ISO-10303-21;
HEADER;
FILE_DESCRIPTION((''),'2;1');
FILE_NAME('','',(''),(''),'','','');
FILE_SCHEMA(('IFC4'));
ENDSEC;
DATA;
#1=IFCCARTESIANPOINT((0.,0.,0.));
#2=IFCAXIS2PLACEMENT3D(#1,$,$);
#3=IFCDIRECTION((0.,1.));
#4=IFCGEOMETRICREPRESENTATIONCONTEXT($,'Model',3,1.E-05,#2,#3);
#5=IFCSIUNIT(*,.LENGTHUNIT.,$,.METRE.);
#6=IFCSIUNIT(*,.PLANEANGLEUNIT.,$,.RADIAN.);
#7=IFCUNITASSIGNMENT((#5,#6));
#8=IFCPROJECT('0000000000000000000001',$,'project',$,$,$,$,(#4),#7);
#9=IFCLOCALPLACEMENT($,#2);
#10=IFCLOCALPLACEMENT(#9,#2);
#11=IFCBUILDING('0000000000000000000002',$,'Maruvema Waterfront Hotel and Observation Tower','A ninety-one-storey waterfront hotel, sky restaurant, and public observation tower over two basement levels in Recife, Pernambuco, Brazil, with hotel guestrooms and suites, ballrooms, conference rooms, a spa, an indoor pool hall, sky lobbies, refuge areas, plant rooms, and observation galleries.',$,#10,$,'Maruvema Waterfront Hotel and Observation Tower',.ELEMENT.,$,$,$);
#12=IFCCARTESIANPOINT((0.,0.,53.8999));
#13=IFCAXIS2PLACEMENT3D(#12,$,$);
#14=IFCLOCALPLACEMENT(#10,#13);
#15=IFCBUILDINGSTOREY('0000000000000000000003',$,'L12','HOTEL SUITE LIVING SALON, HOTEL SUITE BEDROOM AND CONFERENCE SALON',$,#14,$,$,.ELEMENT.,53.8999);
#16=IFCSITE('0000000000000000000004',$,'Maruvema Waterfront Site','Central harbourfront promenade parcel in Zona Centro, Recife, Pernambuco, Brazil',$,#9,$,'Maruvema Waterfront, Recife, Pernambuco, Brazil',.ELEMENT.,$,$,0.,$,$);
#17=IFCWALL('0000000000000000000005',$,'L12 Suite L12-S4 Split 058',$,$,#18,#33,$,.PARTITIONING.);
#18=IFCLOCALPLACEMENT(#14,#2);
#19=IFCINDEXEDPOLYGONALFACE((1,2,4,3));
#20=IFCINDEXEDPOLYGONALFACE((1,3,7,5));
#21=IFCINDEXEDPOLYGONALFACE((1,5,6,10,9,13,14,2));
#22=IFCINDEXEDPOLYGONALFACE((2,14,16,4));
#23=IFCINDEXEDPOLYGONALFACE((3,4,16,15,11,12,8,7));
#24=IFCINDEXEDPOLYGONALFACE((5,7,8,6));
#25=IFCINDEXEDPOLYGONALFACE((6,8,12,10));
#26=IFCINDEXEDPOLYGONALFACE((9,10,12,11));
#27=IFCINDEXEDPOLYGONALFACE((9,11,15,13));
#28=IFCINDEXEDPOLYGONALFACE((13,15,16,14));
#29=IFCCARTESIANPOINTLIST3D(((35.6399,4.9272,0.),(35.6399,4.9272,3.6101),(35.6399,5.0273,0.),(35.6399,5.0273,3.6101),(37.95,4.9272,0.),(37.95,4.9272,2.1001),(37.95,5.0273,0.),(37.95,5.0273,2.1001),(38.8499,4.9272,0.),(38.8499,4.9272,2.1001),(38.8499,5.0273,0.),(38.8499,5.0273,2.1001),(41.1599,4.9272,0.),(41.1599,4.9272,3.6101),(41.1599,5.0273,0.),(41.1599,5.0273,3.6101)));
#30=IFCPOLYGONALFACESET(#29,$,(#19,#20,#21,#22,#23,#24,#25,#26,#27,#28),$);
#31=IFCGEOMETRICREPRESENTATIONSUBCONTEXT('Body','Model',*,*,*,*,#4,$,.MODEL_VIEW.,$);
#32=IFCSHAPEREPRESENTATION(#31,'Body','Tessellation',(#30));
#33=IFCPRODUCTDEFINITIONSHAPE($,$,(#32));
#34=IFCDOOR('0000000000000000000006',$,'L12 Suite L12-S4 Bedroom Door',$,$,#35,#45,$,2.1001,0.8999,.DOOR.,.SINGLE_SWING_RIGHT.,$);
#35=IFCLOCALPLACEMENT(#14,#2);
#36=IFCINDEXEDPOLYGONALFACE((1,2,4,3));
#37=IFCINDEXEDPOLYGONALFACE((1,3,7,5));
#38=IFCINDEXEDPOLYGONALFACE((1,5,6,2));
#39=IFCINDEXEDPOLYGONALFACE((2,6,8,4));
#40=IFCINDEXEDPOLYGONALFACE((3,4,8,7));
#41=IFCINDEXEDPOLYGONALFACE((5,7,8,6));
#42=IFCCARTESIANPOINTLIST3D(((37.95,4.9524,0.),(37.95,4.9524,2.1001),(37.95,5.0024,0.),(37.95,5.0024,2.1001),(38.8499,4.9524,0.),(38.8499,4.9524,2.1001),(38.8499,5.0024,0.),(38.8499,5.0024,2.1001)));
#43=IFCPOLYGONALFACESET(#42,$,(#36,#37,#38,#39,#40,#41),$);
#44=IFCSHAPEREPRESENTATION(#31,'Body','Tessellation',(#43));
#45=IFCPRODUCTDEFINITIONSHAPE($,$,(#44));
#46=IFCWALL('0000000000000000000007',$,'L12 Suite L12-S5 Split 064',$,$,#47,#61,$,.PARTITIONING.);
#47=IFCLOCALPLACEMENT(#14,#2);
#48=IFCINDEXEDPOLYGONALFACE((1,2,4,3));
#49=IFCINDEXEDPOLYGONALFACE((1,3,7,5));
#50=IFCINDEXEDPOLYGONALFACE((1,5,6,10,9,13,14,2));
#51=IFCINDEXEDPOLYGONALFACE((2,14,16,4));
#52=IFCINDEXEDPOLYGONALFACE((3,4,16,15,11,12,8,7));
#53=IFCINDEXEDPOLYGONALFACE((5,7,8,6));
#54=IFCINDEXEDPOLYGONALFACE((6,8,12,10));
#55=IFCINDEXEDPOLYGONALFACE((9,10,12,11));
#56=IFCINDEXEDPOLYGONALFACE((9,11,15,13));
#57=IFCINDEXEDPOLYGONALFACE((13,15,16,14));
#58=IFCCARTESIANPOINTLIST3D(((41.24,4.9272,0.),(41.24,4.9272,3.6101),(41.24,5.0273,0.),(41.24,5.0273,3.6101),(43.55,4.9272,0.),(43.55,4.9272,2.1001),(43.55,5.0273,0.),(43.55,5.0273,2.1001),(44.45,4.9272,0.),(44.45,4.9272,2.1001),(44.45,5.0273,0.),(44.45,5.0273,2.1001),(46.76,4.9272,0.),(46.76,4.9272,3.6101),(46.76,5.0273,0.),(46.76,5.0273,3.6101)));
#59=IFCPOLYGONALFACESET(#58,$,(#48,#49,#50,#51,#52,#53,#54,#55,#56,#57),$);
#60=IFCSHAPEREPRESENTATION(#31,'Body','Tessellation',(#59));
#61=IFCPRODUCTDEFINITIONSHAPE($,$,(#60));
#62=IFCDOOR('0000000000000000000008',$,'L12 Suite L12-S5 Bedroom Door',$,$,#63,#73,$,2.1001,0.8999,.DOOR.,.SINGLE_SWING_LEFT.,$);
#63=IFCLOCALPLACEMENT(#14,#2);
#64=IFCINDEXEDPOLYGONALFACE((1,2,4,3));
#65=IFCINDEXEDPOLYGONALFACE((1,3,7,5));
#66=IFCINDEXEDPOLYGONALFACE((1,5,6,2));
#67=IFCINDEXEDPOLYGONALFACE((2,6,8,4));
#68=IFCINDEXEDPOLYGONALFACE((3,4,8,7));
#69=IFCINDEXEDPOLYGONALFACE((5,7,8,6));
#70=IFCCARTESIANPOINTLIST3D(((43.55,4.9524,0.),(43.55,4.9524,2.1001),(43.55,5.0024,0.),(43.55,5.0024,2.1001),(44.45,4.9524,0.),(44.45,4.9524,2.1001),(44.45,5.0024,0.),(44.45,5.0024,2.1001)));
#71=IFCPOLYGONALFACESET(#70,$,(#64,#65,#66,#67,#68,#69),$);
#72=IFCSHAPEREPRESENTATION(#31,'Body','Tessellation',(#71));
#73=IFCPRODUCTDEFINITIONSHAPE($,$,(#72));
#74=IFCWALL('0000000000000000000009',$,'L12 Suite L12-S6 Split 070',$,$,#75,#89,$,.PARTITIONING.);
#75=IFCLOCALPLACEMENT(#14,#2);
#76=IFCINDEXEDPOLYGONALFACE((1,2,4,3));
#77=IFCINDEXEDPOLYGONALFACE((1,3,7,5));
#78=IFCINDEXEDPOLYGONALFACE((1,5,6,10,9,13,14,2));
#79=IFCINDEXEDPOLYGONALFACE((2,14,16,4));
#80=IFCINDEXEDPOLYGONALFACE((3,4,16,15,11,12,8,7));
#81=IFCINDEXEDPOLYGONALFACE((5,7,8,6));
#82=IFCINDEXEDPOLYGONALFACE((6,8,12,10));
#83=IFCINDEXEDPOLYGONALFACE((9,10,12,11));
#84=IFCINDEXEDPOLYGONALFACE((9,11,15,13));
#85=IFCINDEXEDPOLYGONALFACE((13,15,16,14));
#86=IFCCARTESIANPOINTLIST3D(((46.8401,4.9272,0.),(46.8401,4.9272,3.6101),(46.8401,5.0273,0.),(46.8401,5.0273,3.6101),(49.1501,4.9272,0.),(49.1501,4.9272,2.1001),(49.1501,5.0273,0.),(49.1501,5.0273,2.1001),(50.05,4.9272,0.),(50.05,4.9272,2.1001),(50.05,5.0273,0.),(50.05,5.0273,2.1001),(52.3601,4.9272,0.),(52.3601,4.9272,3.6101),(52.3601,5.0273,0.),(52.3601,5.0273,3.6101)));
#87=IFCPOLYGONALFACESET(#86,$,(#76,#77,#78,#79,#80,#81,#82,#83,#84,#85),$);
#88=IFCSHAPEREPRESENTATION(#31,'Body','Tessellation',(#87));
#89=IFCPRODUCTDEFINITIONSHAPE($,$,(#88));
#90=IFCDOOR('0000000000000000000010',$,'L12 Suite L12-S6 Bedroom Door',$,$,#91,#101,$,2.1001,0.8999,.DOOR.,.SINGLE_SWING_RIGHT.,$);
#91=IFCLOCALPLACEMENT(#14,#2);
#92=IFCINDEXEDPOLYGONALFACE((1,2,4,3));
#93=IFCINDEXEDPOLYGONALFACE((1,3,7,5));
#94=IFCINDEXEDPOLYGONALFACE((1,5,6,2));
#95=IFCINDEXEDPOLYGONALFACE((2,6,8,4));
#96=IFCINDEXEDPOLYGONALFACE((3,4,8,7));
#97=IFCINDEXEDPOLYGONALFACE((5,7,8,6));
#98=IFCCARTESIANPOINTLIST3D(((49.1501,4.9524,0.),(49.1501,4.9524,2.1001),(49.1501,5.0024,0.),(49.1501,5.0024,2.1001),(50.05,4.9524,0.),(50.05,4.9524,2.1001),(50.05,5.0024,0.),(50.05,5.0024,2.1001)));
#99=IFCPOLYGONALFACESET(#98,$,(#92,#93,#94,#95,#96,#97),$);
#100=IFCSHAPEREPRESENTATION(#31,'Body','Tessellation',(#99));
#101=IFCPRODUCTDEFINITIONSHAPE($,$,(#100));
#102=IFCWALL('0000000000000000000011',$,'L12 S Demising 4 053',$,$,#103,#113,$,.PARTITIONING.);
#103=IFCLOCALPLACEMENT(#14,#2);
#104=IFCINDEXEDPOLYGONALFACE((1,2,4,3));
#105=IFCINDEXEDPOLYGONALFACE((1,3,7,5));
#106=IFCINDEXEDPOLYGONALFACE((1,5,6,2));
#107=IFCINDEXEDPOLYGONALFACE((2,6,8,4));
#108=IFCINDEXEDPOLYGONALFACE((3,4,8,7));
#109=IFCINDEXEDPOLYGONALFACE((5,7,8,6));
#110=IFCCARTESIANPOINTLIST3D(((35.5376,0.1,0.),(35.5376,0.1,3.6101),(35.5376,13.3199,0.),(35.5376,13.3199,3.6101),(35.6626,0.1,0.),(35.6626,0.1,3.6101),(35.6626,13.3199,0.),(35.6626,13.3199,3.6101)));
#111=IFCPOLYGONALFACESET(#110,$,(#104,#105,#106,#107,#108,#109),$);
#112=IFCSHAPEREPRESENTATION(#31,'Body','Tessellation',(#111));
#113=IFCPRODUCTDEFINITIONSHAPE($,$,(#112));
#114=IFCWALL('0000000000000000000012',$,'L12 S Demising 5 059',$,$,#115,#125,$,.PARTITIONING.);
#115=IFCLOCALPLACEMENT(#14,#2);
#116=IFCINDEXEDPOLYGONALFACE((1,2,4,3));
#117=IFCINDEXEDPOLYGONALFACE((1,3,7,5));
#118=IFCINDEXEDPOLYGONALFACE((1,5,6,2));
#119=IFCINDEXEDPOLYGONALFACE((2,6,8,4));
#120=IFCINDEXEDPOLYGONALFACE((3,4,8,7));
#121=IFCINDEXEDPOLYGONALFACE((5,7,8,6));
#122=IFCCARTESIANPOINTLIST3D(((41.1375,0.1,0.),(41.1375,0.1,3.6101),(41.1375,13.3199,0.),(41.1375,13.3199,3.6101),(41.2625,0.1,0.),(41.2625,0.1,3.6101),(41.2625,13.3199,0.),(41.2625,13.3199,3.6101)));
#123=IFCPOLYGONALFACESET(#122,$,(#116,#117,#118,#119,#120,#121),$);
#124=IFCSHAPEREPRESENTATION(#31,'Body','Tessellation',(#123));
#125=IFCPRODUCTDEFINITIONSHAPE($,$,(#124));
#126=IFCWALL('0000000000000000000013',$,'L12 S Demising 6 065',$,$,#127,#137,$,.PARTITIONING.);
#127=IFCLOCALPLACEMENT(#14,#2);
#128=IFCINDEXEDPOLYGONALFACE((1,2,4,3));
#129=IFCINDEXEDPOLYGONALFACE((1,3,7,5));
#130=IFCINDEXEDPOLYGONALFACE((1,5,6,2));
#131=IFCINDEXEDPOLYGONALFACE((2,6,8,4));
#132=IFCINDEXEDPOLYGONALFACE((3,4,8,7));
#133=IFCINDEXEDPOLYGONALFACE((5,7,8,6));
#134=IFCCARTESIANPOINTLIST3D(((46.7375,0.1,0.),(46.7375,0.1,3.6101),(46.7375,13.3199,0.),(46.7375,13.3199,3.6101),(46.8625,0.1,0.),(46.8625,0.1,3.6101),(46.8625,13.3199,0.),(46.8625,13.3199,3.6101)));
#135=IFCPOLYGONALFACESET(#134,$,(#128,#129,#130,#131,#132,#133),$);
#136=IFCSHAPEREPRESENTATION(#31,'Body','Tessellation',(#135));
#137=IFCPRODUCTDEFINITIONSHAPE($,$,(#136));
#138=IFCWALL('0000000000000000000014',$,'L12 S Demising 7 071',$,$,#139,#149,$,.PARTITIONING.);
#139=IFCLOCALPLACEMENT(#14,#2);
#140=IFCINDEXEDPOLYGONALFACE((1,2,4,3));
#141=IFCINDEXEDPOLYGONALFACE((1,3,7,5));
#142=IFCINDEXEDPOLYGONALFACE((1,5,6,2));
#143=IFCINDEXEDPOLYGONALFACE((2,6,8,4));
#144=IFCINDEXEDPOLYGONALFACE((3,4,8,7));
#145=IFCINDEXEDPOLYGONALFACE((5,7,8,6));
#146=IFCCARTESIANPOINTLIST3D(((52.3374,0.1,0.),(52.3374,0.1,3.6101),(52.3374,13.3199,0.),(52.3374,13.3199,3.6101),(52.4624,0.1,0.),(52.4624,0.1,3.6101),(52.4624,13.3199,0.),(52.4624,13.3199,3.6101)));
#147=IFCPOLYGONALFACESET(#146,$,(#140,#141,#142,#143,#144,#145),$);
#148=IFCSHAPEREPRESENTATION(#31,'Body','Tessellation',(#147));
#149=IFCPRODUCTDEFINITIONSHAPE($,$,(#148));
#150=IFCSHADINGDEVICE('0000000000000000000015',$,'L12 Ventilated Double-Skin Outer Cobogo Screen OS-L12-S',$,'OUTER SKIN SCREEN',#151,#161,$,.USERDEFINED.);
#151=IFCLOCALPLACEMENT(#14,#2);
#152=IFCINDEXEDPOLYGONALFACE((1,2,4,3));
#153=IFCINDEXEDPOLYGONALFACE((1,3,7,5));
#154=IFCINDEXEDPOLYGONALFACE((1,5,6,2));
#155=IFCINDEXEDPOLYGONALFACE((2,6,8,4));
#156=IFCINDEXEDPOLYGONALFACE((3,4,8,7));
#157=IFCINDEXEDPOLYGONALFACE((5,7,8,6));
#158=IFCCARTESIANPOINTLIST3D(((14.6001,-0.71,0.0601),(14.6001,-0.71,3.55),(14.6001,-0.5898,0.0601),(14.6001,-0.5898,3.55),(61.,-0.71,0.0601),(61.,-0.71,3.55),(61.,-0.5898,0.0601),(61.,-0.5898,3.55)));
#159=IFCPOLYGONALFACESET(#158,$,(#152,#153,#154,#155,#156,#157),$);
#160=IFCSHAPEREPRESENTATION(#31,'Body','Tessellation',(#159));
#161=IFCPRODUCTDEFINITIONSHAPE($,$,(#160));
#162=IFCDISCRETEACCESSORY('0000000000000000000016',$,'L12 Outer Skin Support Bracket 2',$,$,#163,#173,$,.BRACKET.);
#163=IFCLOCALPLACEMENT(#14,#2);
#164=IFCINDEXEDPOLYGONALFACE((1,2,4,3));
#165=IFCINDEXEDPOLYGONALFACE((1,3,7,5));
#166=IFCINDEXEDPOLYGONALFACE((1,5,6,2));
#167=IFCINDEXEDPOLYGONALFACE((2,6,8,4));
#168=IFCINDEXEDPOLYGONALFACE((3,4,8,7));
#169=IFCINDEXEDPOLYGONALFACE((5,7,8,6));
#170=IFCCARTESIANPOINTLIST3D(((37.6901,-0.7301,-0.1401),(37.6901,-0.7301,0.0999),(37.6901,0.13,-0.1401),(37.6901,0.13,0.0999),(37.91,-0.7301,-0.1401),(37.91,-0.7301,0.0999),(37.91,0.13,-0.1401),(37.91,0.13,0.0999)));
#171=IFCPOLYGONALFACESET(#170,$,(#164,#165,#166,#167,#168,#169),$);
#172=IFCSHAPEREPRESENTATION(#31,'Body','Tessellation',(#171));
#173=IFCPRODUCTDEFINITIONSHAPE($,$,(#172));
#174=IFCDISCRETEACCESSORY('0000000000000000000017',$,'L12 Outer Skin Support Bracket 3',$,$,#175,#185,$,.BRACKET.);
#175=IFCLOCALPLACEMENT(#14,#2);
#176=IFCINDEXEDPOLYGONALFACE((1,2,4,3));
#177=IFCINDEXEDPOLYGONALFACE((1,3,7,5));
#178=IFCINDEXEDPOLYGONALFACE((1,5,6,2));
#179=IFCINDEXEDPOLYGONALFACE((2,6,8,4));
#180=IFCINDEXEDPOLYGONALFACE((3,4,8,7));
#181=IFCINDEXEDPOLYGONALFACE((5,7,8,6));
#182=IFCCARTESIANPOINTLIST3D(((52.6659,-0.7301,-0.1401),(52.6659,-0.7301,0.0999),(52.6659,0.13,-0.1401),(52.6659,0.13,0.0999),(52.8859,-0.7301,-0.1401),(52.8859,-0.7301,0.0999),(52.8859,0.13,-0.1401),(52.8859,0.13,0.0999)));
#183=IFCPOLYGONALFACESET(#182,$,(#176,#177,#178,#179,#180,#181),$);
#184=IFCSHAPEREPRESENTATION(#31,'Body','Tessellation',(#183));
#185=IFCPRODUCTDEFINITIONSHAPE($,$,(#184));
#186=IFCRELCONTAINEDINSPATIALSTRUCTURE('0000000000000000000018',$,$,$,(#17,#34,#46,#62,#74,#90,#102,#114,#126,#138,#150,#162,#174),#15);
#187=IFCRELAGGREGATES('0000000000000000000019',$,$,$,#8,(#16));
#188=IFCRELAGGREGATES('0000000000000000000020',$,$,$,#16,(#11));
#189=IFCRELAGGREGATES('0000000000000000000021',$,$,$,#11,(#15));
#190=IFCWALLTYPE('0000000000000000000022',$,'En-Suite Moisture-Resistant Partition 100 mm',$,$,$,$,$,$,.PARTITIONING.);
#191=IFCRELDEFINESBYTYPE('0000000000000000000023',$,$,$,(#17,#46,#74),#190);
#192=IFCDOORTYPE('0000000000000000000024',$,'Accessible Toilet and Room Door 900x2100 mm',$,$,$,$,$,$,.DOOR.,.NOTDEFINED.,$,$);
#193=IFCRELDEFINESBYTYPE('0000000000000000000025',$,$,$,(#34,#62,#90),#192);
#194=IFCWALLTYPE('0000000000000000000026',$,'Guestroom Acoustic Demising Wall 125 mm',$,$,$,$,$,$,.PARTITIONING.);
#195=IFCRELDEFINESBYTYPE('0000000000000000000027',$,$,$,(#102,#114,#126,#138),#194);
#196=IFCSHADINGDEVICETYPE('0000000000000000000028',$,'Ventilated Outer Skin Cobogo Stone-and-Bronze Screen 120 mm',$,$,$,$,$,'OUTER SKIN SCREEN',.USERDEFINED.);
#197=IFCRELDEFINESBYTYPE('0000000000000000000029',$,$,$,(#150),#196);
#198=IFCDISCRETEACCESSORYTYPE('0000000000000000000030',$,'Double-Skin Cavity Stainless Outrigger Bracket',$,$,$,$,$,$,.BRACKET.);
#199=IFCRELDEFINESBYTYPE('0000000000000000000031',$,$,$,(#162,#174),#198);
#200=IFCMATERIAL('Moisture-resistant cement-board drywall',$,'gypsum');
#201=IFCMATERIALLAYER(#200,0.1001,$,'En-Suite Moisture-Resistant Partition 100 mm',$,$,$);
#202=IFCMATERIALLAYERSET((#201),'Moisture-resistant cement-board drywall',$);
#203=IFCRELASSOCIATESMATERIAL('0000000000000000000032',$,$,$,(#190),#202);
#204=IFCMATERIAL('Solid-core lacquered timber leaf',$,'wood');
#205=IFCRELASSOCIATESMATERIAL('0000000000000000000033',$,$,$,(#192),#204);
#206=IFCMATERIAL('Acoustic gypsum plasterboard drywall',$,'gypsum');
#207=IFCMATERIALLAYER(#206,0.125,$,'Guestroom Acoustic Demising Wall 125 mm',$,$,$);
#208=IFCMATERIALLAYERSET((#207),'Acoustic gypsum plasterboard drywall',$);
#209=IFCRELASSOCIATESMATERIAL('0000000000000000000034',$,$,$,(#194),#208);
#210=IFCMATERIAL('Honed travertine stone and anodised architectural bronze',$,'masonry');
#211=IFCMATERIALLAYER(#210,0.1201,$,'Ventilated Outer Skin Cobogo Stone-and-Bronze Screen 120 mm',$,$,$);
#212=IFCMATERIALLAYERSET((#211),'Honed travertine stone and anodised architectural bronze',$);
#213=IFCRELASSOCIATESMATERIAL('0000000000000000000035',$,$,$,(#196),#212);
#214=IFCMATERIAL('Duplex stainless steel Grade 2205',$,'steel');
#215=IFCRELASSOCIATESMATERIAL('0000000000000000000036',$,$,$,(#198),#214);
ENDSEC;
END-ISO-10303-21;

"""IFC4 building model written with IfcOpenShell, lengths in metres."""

from ifc_helpers import new_model, si_unit, direction, frame, frame_2d, origin, origin_2d, place, context, subcontext, project, spatial, rectangle, extrude, material, layer, layer_set, type_object, element, fill, save


model = new_model("IFC4")

# Units and contexts
model_context = context("Model", 3, precision=1e-05, world=origin(), true_north=direction((0.0, 1.0)))
body_context = subcontext(model_context, "Body", "Model", "MODEL_VIEW")
ifc_project = project(units=[si_unit("LENGTHUNIT", "METRE"), si_unit("PLANEANGLEUNIT", "RADIAN")], contexts=[model_context])

# Site, building, storey
site_placement = place(None, origin())
site = spatial("IfcSite", under=ifc_project, at=site_placement, Name="Maruvema Waterfront Site", Description="Central harbourfront promenade parcel in Zona Centro, Recife, Pernambuco, Brazil", LongName="Maruvema Waterfront, Recife, Pernambuco, Brazil", CompositionType="ELEMENT", RefElevation=0.0)
building_placement = place(site_placement, origin())
building = spatial("IfcBuilding", under=site, at=building_placement, Name="Maruvema Waterfront Hotel and Observation Tower", Description="A ninety-one-storey waterfront hotel, sky restaurant, and public observation tower over two basement levels in Recife, Pernambuco, Brazil, with hotel guestrooms and suites, ballrooms, conference rooms, a spa, an indoor pool hall, sky lobbies, refuge areas, plant rooms, and observation galleries.", LongName="Maruvema Waterfront Hotel and Observation Tower", CompositionType="ELEMENT")
storey_placement = place(building_placement, frame((0.0, 0.0, 53.8999)))
storey = spatial("IfcBuildingStorey", under=building, at=storey_placement, Name="L12", Description="HOTEL SUITE LIVING SALON, HOTEL SUITE BEDROOM AND CONFERENCE SALON", CompositionType="ELEMENT", Elevation=53.8999)

# Walls, openings, doors
ifc_material_1 = material(Name="Moisture-resistant cement-board drywall", Category="gypsum")
ifc_layer_1 = layer(ifc_material_1, 0.1001, Name="En-Suite Moisture-Resistant Partition 100 mm")
ifc_layer_set_1 = layer_set([ifc_layer_1], Name="Moisture-resistant cement-board drywall")
wall_type_1 = type_object("IfcWallType", Name="En-Suite Moisture-Resistant Partition 100 mm", PredefinedType="PARTITIONING", material=ifc_layer_set_1)
wall_1_placement = place(storey_placement, frame((35.6399, 4.9773, 0.0), z_axis=(0.0, 0.0, 1.0), x_axis=(1.0, 0.0, 0.0)))
wall_1 = element("IfcWall", 1, at=wall_1_placement, inside=storey, type_object=wall_type_1, Name="L12 Suite L12-S4 Split 058", PredefinedType="PARTITIONING", context=body_context, shape_type="SweptSolid", body=[
    extrude(rectangle(XDim=5.52, YDim=0.1001, at=frame_2d((2.76, 0.0))), origin(), (0.0, 0.0, 1.0), 3.6101),
])
opening_1_placement = place(wall_1_placement, frame((2.3101, 0.0, 0.0)))
opening_1 = element("IfcOpeningElement", 2, at=opening_1_placement, cuts=wall_1, PredefinedType="OPENING", context=body_context, shape_type="SweptSolid", body=[
    extrude(rectangle(XDim=0.8999, YDim=2.1001, at=frame_2d((0.45, 1.05))), frame((0.0, 0.0601, 0.0), z_axis=(0.0, -1.0, 0.0), x_axis=(1.0, 0.0, 0.0)), (0.0, 0.0, 1.0), 0.1201),
])
ifc_material_2 = material(Name="Solid-core lacquered timber leaf", Category="wood")
door_type = type_object("IfcDoorType", Name="Accessible Toilet and Room Door 900x2100 mm", OperationType="NOTDEFINED", PredefinedType="DOOR", material=ifc_material_2)
door_1_placement = place(opening_1_placement, frame((0.8999, 0.0, 0.0), z_axis=(0.0, 0.0, 1.0), x_axis=(-1.0, 0.0, 0.0)))
door_1 = element("IfcDoor", 3, at=door_1_placement, inside=storey, type_object=door_type, Name="L12 Suite L12-S4 Bedroom Door", OperationType="SINGLE_SWING_RIGHT", OverallHeight=2.1001, OverallWidth=0.8999, PredefinedType="DOOR", context=body_context, shape_type="SweptSolid", body=[
    extrude(rectangle(XDim=0.8999, YDim=2.1001, at=frame_2d((0.45, 1.05))), frame((0.0, 0.0249, 0.0), z_axis=(0.0, -1.0, 0.0), x_axis=(1.0, 0.0, 0.0)), (0.0, 0.0, 1.0), 0.05),
])
fill(opening_1, door_1)
wall_2_placement = place(storey_placement, frame((41.24, 4.9773, 0.0), z_axis=(0.0, 0.0, 1.0), x_axis=(1.0, 0.0, 0.0)))
wall_2 = element("IfcWall", 4, at=wall_2_placement, inside=storey, type_object=wall_type_1, Name="L12 Suite L12-S5 Split 064", PredefinedType="PARTITIONING", context=body_context, shape_type="SweptSolid", body=[
    extrude(rectangle(XDim=5.52, YDim=0.1001, at=frame_2d((2.76, 0.0))), origin(), (0.0, 0.0, 1.0), 3.6101),
])
opening_2_placement = place(wall_2_placement, frame((2.3101, 0.0, 0.0)))
opening_2 = element("IfcOpeningElement", 5, at=opening_2_placement, cuts=wall_2, PredefinedType="OPENING", context=body_context, shape_type="SweptSolid", body=[
    extrude(rectangle(XDim=0.8999, YDim=2.1001, at=frame_2d((0.45, 1.05))), frame((0.0, 0.0601, 0.0), z_axis=(0.0, -1.0, 0.0), x_axis=(1.0, 0.0, 0.0)), (0.0, 0.0, 1.0), 0.1201),
])
door_2_placement = place(opening_2_placement, frame((0.8999, 0.0, 0.0), z_axis=(0.0, 0.0, 1.0), x_axis=(-1.0, 0.0, 0.0)))
door_2 = element("IfcDoor", 6, at=door_2_placement, inside=storey, type_object=door_type, Name="L12 Suite L12-S5 Bedroom Door", OperationType="SINGLE_SWING_LEFT", OverallHeight=2.1001, OverallWidth=0.8999, PredefinedType="DOOR", context=body_context, shape_type="SweptSolid", body=[
    extrude(rectangle(XDim=0.8999, YDim=2.1001, at=frame_2d((0.45, 1.05))), frame((0.0, 0.0249, 0.0), z_axis=(0.0, -1.0, 0.0), x_axis=(1.0, 0.0, 0.0)), (0.0, 0.0, 1.0), 0.05),
])
fill(opening_2, door_2)
wall_3_placement = place(storey_placement, frame((46.8401, 4.9773, 0.0), z_axis=(0.0, 0.0, 1.0), x_axis=(1.0, 0.0, 0.0)))
wall_3 = element("IfcWall", 7, at=wall_3_placement, inside=storey, type_object=wall_type_1, Name="L12 Suite L12-S6 Split 070", PredefinedType="PARTITIONING", context=body_context, shape_type="SweptSolid", body=[
    extrude(rectangle(XDim=5.52, YDim=0.1001, at=frame_2d((2.76, 0.0))), origin(), (0.0, 0.0, 1.0), 3.6101),
])
opening_3_placement = place(wall_3_placement, frame((2.3101, 0.0, 0.0)))
opening_3 = element("IfcOpeningElement", 8, at=opening_3_placement, cuts=wall_3, PredefinedType="OPENING", context=body_context, shape_type="SweptSolid", body=[
    extrude(rectangle(XDim=0.8999, YDim=2.1001, at=frame_2d((0.45, 1.05))), frame((0.0, 0.0601, 0.0), z_axis=(0.0, -1.0, 0.0), x_axis=(1.0, 0.0, 0.0)), (0.0, 0.0, 1.0), 0.1201),
])
door_3_placement = place(opening_3_placement, frame((0.8999, 0.0, 0.0), z_axis=(0.0, 0.0, 1.0), x_axis=(-1.0, 0.0, 0.0)))
door_3 = element("IfcDoor", 9, at=door_3_placement, inside=storey, type_object=door_type, Name="L12 Suite L12-S6 Bedroom Door", OperationType="SINGLE_SWING_RIGHT", OverallHeight=2.1001, OverallWidth=0.8999, PredefinedType="DOOR", context=body_context, shape_type="SweptSolid", body=[
    extrude(rectangle(XDim=0.8999, YDim=2.1001, at=frame_2d((0.45, 1.05))), frame((0.0, 0.0249, 0.0), z_axis=(0.0, -1.0, 0.0), x_axis=(1.0, 0.0, 0.0)), (0.0, 0.0, 1.0), 0.05),
])
fill(opening_3, door_3)

# Walls
ifc_material_3 = material(Name="Acoustic gypsum plasterboard drywall", Category="gypsum")
ifc_layer_2 = layer(ifc_material_3, 0.125, Name="Guestroom Acoustic Demising Wall 125 mm")
ifc_layer_set_2 = layer_set([ifc_layer_2], Name="Acoustic gypsum plasterboard drywall")
wall_type_2 = type_object("IfcWallType", Name="Guestroom Acoustic Demising Wall 125 mm", PredefinedType="PARTITIONING", material=ifc_layer_set_2)
for number, where, z_axis, x_axis, name in (
    (10, (35.6001, 0.1001, 0.0), (0.0, 0.0, 1.0), (0.0, 1.0, 0.0), "L12 S Demising 4 053"),
    (11, (41.2, 0.1001, 0.0), (0.0, 0.0, 1.0), (0.0, 1.0, 0.0), "L12 S Demising 5 059"),
    (12, (46.8, 0.1001, 0.0), (0.0, 0.0, 1.0), (0.0, 1.0, 0.0), "L12 S Demising 6 065"),
    (13, (52.3999, 0.1001, 0.0), (0.0, 0.0, 1.0), (0.0, 1.0, 0.0), "L12 S Demising 7 071"),
):
    element("IfcWall", number, at=place(storey_placement, frame(where, z_axis=z_axis, x_axis=x_axis)), inside=storey, type_object=wall_type_2, Name=name, PredefinedType="PARTITIONING", context=body_context, shape_type="SweptSolid", body=[
        extrude(rectangle(XDim=13.22, YDim=0.125, at=frame_2d((6.6099, 0.0))), origin(), (0.0, 0.0, 1.0), 3.6101),
    ])

# Shading device
ifc_material_4 = material(Name="Honed travertine stone and anodised architectural bronze", Category="masonry")
ifc_layer_3 = layer(ifc_material_4, 0.1201, Name="Ventilated Outer Skin Cobogo Stone-and-Bronze Screen 120 mm")
ifc_layer_set_3 = layer_set([ifc_layer_3], Name="Honed travertine stone and anodised architectural bronze")
shading_device_type = type_object("IfcShadingDeviceType", Name="Ventilated Outer Skin Cobogo Stone-and-Bronze Screen 120 mm", ElementType="OUTER SKIN SCREEN", PredefinedType="USERDEFINED", material=ifc_layer_set_3)
shading_device_placement = place(storey_placement, frame((37.8, -0.6499, 0.0601), z_axis=(0.0, 0.0, 1.0), x_axis=(1.0, 0.0, 0.0)))
element("IfcShadingDevice", 14, at=shading_device_placement, inside=storey, type_object=shading_device_type, Name="L12 Ventilated Double-Skin Outer Cobogo Screen OS-L12-S", ObjectType="OUTER SKIN SCREEN", PredefinedType="USERDEFINED", context=body_context, shape_type="SweptSolid", body=[
    extrude(rectangle(XDim=46.3999, YDim=0.1201, at=origin_2d()), origin(), (0.0, 0.0, 1.0), 3.49),
])

# Discrete accessories
ifc_material_5 = material(Name="Duplex stainless steel Grade 2205", Category="steel")
discrete_accessory_type = type_object("IfcDiscreteAccessoryType", Name="Double-Skin Cavity Stainless Outrigger Bracket", PredefinedType="BRACKET", material=ifc_material_5)
for number, where, z_axis, x_axis, name in (
    (15, (37.8, -0.3, -0.1401), (0.0, 0.0, 1.0), (1.0, 0.0, 0.0), "L12 Outer Skin Support Bracket 2"),
    (16, (52.7759, -0.3, -0.1401), (0.0, 0.0, 1.0), (1.0, 0.0, 0.0), "L12 Outer Skin Support Bracket 3"),
):
    element("IfcDiscreteAccessory", number, at=place(storey_placement, frame(where, z_axis=z_axis, x_axis=x_axis)), inside=storey, type_object=discrete_accessory_type, Name=name, PredefinedType="BRACKET", context=body_context, shape_type="SweptSolid", body=[
        extrude(rectangle(XDim=0.22, YDim=0.8601, at=origin_2d()), origin(), (0.0, 0.0, 1.0), 0.24),
    ])

save(model, "model.ifc")
